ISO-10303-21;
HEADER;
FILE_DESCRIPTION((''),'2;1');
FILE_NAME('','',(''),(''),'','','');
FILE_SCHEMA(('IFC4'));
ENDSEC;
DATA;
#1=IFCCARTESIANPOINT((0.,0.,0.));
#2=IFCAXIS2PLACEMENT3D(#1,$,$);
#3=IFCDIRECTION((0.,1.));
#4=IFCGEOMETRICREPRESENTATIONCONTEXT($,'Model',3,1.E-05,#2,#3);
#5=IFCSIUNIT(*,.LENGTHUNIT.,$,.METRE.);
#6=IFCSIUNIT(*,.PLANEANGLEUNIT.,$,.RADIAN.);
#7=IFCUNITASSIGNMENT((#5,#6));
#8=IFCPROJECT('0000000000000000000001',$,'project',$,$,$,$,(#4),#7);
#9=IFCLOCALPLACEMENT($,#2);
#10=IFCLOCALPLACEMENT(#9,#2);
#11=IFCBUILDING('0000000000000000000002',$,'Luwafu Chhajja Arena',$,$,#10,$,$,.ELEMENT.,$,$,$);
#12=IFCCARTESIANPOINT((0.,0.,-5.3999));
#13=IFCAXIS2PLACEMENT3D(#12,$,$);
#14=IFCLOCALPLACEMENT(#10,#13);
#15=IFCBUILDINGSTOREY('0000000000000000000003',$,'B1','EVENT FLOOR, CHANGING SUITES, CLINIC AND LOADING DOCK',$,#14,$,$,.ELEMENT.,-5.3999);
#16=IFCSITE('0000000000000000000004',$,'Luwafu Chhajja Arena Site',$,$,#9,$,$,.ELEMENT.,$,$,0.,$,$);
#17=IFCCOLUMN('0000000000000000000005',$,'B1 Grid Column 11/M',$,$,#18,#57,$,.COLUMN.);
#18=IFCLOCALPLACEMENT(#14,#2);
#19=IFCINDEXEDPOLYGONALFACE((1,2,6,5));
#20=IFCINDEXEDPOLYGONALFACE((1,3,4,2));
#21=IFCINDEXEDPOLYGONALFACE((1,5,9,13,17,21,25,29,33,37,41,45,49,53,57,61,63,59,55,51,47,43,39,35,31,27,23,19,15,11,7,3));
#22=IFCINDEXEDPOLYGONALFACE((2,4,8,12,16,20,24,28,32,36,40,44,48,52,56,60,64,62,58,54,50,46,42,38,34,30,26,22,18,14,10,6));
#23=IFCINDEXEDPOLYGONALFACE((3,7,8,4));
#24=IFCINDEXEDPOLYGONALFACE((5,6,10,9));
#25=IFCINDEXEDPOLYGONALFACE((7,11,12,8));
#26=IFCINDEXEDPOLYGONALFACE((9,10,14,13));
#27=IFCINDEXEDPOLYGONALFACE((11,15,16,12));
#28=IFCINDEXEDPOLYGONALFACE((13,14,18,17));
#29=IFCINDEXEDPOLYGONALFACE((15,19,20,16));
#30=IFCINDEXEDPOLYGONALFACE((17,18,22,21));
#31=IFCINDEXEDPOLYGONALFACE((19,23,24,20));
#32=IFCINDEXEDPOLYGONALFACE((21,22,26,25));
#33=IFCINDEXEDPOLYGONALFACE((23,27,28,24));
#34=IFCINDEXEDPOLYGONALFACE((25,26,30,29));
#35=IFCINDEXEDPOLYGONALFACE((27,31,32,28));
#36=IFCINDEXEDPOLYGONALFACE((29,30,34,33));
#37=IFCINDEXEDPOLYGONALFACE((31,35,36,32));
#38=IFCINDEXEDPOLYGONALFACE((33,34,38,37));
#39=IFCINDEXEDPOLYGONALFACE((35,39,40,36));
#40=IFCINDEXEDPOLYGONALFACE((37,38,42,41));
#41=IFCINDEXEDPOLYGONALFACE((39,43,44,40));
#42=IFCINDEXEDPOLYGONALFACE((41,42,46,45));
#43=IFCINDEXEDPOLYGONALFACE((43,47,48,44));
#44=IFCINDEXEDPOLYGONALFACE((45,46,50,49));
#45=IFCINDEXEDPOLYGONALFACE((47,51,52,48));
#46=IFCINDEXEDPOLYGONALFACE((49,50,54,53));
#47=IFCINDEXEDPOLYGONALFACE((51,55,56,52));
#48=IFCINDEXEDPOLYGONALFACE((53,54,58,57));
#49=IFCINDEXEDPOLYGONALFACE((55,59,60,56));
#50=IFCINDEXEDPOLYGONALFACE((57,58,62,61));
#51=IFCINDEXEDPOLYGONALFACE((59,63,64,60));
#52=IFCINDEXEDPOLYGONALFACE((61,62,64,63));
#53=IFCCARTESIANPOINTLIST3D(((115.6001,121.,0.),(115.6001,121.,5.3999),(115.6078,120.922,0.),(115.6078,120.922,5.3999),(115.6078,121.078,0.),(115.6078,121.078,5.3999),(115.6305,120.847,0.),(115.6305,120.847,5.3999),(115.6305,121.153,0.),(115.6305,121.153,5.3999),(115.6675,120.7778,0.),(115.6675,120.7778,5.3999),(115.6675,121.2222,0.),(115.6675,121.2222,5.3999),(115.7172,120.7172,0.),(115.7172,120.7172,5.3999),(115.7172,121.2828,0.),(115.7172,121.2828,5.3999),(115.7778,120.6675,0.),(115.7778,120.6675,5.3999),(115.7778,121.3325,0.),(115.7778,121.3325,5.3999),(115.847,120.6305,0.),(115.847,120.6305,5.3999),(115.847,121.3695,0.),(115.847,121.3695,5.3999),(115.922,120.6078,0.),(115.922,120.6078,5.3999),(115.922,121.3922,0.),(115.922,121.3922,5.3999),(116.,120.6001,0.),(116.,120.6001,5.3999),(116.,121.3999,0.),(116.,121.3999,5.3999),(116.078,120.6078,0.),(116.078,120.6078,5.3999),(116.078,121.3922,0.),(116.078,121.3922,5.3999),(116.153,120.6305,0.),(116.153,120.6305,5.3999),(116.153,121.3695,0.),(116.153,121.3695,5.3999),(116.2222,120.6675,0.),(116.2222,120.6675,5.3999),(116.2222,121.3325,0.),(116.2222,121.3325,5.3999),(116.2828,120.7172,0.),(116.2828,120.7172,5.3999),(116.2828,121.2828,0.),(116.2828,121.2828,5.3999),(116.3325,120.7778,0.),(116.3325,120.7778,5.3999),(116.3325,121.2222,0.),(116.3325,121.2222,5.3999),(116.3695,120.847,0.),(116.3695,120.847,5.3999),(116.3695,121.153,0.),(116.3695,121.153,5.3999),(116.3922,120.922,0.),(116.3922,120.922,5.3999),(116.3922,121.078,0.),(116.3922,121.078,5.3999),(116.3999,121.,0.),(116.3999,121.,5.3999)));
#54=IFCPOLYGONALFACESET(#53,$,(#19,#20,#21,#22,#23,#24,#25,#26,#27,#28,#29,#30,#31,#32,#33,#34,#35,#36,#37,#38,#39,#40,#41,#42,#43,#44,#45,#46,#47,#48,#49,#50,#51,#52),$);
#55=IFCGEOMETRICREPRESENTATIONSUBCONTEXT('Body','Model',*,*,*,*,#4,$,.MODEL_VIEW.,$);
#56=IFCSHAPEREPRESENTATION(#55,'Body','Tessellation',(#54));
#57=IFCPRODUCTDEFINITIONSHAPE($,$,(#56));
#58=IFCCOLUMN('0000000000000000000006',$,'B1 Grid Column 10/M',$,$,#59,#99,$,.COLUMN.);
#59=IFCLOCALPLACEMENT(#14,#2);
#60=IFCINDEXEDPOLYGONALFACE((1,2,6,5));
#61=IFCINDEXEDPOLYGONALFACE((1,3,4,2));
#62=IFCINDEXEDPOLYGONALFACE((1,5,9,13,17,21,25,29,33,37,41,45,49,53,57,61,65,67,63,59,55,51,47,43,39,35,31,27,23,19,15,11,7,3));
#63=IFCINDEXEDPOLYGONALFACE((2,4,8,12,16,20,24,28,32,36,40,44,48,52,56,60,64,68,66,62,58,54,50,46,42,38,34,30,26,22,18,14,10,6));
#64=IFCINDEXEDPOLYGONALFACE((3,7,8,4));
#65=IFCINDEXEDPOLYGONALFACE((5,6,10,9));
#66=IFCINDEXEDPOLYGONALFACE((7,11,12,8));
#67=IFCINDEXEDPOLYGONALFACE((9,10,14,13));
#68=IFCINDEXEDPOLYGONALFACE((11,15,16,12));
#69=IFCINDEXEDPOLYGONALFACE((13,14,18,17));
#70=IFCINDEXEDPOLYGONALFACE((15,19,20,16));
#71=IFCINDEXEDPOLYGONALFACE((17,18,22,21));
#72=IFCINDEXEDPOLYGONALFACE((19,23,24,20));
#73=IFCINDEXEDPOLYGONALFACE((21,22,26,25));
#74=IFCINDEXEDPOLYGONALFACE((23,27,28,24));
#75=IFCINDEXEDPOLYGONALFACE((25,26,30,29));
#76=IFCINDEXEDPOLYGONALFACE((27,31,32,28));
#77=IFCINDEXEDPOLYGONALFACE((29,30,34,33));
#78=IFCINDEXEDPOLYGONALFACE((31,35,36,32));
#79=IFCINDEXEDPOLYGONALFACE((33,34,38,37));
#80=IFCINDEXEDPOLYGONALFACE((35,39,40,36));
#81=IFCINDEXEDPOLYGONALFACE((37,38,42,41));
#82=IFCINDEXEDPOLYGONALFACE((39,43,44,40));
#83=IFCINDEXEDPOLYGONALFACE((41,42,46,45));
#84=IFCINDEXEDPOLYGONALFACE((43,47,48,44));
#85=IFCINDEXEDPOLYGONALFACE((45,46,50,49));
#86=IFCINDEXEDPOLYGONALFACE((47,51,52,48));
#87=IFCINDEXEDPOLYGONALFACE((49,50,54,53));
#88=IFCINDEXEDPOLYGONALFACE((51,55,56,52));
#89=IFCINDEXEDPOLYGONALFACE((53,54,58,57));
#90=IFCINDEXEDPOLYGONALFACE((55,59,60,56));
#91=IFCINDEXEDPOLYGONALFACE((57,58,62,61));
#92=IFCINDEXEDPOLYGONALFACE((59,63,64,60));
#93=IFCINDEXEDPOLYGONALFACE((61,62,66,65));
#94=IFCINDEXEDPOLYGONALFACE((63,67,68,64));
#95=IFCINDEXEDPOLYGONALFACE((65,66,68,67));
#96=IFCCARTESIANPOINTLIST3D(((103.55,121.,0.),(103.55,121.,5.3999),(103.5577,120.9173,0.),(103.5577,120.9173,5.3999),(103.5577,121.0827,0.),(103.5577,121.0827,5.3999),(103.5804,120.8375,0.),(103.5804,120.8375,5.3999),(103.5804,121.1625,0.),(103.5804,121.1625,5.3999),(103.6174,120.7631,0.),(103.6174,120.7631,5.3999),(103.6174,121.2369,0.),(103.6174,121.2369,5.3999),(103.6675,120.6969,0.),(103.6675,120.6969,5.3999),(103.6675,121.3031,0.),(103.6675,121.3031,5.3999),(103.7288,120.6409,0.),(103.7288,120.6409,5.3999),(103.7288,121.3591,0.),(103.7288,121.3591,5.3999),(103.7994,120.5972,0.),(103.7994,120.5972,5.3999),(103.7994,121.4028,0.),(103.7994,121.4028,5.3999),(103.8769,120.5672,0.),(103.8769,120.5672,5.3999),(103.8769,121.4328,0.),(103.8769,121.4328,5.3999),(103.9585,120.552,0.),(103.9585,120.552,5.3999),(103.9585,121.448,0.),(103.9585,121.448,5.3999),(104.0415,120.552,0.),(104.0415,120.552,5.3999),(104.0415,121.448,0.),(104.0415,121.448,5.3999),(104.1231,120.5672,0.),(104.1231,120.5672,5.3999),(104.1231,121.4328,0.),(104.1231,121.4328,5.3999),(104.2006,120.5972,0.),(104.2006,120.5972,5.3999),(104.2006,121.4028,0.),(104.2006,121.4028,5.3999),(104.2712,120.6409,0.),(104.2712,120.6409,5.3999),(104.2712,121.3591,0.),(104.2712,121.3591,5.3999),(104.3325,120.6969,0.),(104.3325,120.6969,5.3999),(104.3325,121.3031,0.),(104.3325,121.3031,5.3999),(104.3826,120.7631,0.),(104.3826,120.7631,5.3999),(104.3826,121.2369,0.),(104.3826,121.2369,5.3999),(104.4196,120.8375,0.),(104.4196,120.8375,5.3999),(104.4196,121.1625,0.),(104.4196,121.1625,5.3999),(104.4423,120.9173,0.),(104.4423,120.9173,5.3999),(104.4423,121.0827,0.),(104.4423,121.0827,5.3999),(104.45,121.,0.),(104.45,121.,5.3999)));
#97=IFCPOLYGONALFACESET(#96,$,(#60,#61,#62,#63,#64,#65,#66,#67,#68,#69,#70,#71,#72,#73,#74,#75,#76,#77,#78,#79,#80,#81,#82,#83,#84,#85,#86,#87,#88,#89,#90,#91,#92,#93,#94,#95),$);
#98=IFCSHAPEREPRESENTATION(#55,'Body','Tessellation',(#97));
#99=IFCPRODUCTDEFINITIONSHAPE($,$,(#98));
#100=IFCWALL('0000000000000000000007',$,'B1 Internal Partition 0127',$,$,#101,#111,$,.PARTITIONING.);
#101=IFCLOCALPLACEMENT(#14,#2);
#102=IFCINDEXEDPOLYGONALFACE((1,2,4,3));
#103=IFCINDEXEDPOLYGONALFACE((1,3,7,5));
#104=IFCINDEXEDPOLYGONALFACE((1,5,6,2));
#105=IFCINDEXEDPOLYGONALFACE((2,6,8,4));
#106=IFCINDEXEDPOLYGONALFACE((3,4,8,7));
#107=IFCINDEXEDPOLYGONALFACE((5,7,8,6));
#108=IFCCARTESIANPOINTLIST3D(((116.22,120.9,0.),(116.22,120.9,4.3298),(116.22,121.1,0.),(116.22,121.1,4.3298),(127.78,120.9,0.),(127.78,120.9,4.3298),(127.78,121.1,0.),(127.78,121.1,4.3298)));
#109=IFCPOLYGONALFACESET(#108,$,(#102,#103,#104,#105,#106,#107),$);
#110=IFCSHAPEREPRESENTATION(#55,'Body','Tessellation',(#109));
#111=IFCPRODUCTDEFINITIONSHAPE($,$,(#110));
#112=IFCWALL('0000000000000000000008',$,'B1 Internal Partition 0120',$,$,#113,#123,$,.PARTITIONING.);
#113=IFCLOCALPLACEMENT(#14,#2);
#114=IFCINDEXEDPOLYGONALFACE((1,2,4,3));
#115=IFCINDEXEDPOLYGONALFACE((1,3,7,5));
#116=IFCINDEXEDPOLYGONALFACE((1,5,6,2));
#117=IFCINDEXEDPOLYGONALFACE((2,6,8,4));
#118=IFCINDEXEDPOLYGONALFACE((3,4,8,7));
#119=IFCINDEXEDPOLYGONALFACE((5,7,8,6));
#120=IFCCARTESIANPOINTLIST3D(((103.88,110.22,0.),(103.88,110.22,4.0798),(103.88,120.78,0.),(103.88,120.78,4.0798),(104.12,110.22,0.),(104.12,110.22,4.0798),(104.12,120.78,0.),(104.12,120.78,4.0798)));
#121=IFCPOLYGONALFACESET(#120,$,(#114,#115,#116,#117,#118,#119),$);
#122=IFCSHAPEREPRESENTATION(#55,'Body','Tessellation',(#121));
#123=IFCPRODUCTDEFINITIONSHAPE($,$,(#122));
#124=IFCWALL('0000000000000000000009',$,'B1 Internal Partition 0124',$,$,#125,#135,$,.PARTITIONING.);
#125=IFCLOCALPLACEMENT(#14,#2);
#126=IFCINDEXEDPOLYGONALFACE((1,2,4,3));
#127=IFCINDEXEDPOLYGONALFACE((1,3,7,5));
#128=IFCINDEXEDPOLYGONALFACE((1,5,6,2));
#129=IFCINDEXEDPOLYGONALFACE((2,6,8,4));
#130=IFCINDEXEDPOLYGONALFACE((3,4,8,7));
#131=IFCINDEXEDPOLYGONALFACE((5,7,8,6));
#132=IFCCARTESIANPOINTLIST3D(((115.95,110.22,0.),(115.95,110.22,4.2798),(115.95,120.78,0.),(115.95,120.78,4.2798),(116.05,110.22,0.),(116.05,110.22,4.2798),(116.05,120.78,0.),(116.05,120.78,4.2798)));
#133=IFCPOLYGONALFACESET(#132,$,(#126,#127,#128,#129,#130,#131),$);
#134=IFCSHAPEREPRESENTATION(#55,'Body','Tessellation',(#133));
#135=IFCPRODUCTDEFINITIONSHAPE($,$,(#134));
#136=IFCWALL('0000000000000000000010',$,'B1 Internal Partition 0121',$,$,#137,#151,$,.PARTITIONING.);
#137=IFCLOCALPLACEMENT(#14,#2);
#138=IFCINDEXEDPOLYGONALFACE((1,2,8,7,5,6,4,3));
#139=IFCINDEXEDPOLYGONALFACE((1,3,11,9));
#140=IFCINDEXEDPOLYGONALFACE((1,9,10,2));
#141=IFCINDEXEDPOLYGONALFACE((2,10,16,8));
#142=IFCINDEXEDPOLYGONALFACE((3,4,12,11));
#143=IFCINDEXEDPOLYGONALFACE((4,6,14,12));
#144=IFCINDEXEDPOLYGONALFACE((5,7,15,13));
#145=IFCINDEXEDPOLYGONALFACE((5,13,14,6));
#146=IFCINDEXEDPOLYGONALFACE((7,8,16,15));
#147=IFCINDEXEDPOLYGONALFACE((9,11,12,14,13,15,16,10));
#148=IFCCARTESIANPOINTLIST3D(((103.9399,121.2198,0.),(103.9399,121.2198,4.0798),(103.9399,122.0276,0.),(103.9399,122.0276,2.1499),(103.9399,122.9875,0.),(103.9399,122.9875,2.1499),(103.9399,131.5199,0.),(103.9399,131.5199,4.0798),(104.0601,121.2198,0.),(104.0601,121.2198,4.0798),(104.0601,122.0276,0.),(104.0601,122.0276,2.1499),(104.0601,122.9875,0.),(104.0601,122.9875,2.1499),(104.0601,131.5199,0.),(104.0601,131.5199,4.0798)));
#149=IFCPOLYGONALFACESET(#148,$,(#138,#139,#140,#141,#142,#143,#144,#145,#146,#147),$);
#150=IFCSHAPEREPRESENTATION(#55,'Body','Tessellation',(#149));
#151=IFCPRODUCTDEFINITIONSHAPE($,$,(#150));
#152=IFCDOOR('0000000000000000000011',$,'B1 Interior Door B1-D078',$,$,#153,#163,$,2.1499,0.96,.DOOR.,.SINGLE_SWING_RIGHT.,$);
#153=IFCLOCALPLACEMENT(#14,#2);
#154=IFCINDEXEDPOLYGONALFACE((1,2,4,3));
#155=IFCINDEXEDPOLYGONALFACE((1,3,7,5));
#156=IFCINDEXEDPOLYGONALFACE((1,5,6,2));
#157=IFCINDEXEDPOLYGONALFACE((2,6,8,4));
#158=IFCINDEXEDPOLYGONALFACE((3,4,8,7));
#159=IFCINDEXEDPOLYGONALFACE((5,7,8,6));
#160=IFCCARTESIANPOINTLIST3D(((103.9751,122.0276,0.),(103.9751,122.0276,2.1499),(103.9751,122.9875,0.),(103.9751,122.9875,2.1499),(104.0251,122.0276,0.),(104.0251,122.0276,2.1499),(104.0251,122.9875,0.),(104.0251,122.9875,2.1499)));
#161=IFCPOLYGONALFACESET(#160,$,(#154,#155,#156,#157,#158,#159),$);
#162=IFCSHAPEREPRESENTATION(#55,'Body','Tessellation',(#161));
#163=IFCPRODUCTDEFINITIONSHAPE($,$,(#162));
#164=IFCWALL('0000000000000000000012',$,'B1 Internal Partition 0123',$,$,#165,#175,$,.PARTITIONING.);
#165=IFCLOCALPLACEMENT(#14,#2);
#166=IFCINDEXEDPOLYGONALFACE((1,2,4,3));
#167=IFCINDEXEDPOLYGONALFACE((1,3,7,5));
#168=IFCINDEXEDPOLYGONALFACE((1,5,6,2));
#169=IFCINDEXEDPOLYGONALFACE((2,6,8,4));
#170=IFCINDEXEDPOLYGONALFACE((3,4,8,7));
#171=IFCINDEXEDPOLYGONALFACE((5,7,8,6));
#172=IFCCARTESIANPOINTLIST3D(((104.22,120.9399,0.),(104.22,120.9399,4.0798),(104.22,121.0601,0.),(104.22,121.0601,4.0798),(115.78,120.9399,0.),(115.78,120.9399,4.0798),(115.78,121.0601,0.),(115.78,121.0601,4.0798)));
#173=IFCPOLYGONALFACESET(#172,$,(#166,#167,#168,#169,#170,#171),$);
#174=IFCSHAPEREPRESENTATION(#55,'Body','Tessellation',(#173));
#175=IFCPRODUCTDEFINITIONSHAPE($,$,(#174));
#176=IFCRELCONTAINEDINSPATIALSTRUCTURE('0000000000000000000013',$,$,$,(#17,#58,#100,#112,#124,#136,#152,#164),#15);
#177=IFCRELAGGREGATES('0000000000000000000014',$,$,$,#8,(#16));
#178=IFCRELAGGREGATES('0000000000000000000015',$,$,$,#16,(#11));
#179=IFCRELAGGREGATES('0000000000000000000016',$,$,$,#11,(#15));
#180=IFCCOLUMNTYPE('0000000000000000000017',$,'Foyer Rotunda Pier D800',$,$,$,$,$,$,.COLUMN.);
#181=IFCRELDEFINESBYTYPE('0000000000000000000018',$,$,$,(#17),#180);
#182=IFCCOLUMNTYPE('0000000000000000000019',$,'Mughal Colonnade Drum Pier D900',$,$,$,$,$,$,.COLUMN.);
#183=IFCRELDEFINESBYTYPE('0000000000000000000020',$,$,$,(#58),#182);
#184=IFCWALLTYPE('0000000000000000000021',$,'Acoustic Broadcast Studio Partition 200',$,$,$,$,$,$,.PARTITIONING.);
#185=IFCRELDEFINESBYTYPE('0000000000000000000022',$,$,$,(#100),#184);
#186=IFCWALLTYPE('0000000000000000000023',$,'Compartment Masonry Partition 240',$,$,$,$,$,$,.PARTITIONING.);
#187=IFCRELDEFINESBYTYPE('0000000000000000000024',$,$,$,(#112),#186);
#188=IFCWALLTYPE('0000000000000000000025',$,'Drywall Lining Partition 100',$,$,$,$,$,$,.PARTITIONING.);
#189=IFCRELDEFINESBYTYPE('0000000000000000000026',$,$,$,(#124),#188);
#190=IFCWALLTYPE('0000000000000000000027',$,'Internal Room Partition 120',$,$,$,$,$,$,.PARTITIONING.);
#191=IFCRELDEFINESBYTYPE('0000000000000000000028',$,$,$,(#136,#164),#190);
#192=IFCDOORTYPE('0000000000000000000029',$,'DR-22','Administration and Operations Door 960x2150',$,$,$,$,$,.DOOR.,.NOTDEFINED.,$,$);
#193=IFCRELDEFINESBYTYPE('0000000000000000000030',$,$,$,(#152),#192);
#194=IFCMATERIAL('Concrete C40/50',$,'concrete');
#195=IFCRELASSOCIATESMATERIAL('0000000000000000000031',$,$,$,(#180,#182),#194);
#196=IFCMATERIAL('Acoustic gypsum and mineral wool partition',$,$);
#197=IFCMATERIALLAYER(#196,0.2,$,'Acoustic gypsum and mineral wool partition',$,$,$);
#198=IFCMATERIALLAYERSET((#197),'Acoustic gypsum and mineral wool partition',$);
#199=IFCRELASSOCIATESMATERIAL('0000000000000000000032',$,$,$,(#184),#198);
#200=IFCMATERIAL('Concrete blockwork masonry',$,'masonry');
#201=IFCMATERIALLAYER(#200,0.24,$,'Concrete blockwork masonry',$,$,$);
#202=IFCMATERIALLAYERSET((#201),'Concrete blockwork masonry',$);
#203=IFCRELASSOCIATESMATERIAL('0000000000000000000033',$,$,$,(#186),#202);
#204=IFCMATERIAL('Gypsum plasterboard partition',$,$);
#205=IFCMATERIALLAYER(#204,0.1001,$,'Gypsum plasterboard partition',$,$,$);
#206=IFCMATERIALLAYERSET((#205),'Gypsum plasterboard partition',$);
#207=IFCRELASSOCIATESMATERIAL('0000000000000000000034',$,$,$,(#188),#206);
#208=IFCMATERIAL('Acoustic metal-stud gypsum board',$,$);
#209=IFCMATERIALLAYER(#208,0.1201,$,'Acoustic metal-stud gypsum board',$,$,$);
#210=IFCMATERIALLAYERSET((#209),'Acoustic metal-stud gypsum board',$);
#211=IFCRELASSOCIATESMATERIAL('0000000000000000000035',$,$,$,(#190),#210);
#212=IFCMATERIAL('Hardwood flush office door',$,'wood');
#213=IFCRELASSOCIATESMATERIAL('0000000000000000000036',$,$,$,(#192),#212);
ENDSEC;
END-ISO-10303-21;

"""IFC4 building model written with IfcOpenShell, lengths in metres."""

from ifc_helpers import new_model, si_unit, direction, frame, frame_2d, origin, origin_2d, place, context, subcontext, project, spatial, rectangle, circle, extrude, material, layer, layer_set, material_profile, profile_set, type_object, element, fill, save


model = new_model("IFC4")

# Units and contexts
model_context = context("Model", 3, precision=1e-05, world=origin(), true_north=direction((0.0, 1.0)))
body_context = subcontext(model_context, "Body", "Model", "MODEL_VIEW")
ifc_project = project(units=[si_unit("LENGTHUNIT", "METRE"), si_unit("PLANEANGLEUNIT", "RADIAN")], contexts=[model_context])

# Site, building, storey
site_placement = place(None, origin())
site = spatial("IfcSite", under=ifc_project, at=site_placement, Name="Luwafu Chhajja Arena Site", CompositionType="ELEMENT", RefElevation=0.0)
building_placement = place(site_placement, origin())
building = spatial("IfcBuilding", under=site, at=building_placement, Name="Luwafu Chhajja Arena", CompositionType="ELEMENT")
storey_placement = place(building_placement, frame((0.0, 0.0, -5.3999)))
storey = spatial("IfcBuildingStorey", under=building, at=storey_placement, Name="B1", Description="EVENT FLOOR, CHANGING SUITES, CLINIC AND LOADING DOCK", CompositionType="ELEMENT", Elevation=-5.3999)

# Columns
ifc_material_1 = material(Name="Concrete C40/50", Category="concrete")
ifc_material_profile_1 = material_profile(ifc_material_1, circle(Radius=0.3999, at=origin_2d()), Name="RC COL D800")
ifc_profile_set_1 = profile_set([ifc_material_profile_1], Name="Concrete C40/50")
column_type_1 = type_object("IfcColumnType", Name="Foyer Rotunda Pier D800", PredefinedType="COLUMN", material=ifc_profile_set_1)
for number, where, z_axis, x_axis, name in (
    (1, (116.0, 121.0, 0.0), (0.0, 0.0, 1.0), (1.0, 0.0, 0.0), "B1 Grid Column 11/M"),
):
    element("IfcColumn", number, at=place(storey_placement, frame(where, z_axis=z_axis, x_axis=x_axis)), inside=storey, type_object=column_type_1, Name=name, PredefinedType="COLUMN", context=body_context, shape_type="SweptSolid", body=[
        extrude(circle(Radius=0.3999, at=origin_2d()), origin(), (0.0, 0.0, 1.0), 5.3999),
    ])
ifc_material_profile_2 = material_profile(ifc_material_1, circle(Radius=0.45, at=origin_2d()), Name="RC COL D900")
ifc_profile_set_2 = profile_set([ifc_material_profile_2], Name="Concrete C40/50")
column_type_2 = type_object("IfcColumnType", Name="Mughal Colonnade Drum Pier D900", PredefinedType="COLUMN", material=ifc_profile_set_2)
column_1_placement = place(storey_placement, frame((104.0, 121.0, 0.0), z_axis=(0.0, 0.0, 1.0), x_axis=(1.0, 0.0, 0.0)))
element("IfcColumn", 2, at=column_1_placement, inside=storey, type_object=column_type_2, Name="B1 Grid Column 10/M", PredefinedType="COLUMN", context=body_context, shape_type="SweptSolid", body=[
    extrude(circle(Radius=0.45, at=origin_2d()), origin(), (0.0, 0.0, 1.0), 5.3999),
])

# Walls
ifc_material_2 = material(Name="Acoustic gypsum and mineral wool partition")
ifc_layer_1 = layer(ifc_material_2, 0.2, Name="Acoustic gypsum and mineral wool partition")
ifc_layer_set_1 = layer_set([ifc_layer_1], Name="Acoustic gypsum and mineral wool partition")
wall_type_1 = type_object("IfcWallType", Name="Acoustic Broadcast Studio Partition 200", PredefinedType="PARTITIONING", material=ifc_layer_set_1)
wall_1_placement = place(storey_placement, frame((116.22, 121.0, 0.0), z_axis=(0.0, 0.0, 1.0), x_axis=(1.0, 0.0, 0.0)))
element("IfcWall", 3, at=wall_1_placement, inside=storey, type_object=wall_type_1, Name="B1 Internal Partition 0127", PredefinedType="PARTITIONING", context=body_context, shape_type="SweptSolid", body=[
    extrude(rectangle(XDim=11.5601, YDim=0.2, at=frame_2d((5.78, 0.0))), origin(), (0.0, 0.0, 1.0), 4.3298),
])
ifc_material_3 = material(Name="Concrete blockwork masonry", Category="masonry")
ifc_layer_2 = layer(ifc_material_3, 0.24, Name="Concrete blockwork masonry")
ifc_layer_set_2 = layer_set([ifc_layer_2], Name="Concrete blockwork masonry")
wall_type_2 = type_object("IfcWallType", Name="Compartment Masonry Partition 240", PredefinedType="PARTITIONING", material=ifc_layer_set_2)
wall_2_placement = place(storey_placement, frame((104.0, 110.22, 0.0), z_axis=(0.0, 0.0, 1.0), x_axis=(0.0, 1.0, 0.0)))
element("IfcWall", 4, at=wall_2_placement, inside=storey, type_object=wall_type_2, Name="B1 Internal Partition 0120", PredefinedType="PARTITIONING", context=body_context, shape_type="SweptSolid", body=[
    extrude(rectangle(XDim=10.5601, YDim=0.24, at=frame_2d((5.28, 0.0))), origin(), (0.0, 0.0, 1.0), 4.0798),
])
ifc_material_4 = material(Name="Gypsum plasterboard partition")
ifc_layer_3 = layer(ifc_material_4, 0.1001, Name="Gypsum plasterboard partition")
ifc_layer_set_3 = layer_set([ifc_layer_3], Name="Gypsum plasterboard partition")
wall_type_3 = type_object("IfcWallType", Name="Drywall Lining Partition 100", PredefinedType="PARTITIONING", material=ifc_layer_set_3)
wall_3_placement = place(storey_placement, frame((116.0, 110.22, 0.0), z_axis=(0.0, 0.0, 1.0), x_axis=(0.0, 1.0, 0.0)))
element("IfcWall", 5, at=wall_3_placement, inside=storey, type_object=wall_type_3, Name="B1 Internal Partition 0124", PredefinedType="PARTITIONING", context=body_context, shape_type="SweptSolid", body=[
    extrude(rectangle(XDim=10.5601, YDim=0.1001, at=frame_2d((5.28, 0.0))), origin(), (0.0, 0.0, 1.0), 4.2798),
])

# Wall, opening, door
ifc_material_5 = material(Name="Acoustic metal-stud gypsum board")
ifc_layer_4 = layer(ifc_material_5, 0.1201, Name="Acoustic metal-stud gypsum board")
ifc_layer_set_4 = layer_set([ifc_layer_4], Name="Acoustic metal-stud gypsum board")
wall_type_4 = type_object("IfcWallType", Name="Internal Room Partition 120", PredefinedType="PARTITIONING", material=ifc_layer_set_4)
wall_4_placement = place(storey_placement, frame((104.0, 121.22, 0.0), z_axis=(0.0, 0.0, 1.0), x_axis=(0.0, 1.0, 0.0)))
wall_4 = element("IfcWall", 6, at=wall_4_placement, inside=storey, type_object=wall_type_4, Name="B1 Internal Partition 0121", PredefinedType="PARTITIONING", context=body_context, shape_type="SweptSolid", body=[
    extrude(rectangle(XDim=10.3, YDim=0.1201, at=frame_2d((5.1499, 0.0))), origin(), (0.0, 0.0, 1.0), 4.0798),
])
opening_1_placement = place(wall_4_placement, frame((0.8076, 0.0, 0.0)))
opening_1 = element("IfcOpeningElement", 7, at=opening_1_placement, cuts=wall_4, PredefinedType="OPENING", context=body_context, shape_type="SweptSolid", body=[
    extrude(rectangle(XDim=0.96, YDim=2.1499, at=frame_2d((0.48, 1.075))), frame((0.0, 0.0701, 0.0), z_axis=(0.0, -1.0, 0.0), x_axis=(1.0, 0.0, 0.0)), (0.0, 0.0, 1.0), 0.1401),
])
ifc_material_6 = material(Name="Hardwood flush office door", Category="wood")
door_type_1 = type_object("IfcDoorType", Name="DR-22", Description="Administration and Operations Door 960x2150", OperationType="NOTDEFINED", PredefinedType="DOOR", material=ifc_material_6)
door_1_placement = place(opening_1_placement, origin())
door_1 = element("IfcDoor", 8, at=door_1_placement, inside=storey, type_object=door_type_1, Name="B1 Interior Door B1-D078", OperationType="SINGLE_SWING_RIGHT", OverallHeight=2.1499, OverallWidth=0.96, PredefinedType="DOOR", context=body_context, shape_type="SweptSolid", body=[
    extrude(rectangle(XDim=0.96, YDim=2.1499, at=frame_2d((0.48, 1.075))), frame((0.0, 0.0249, 0.0), z_axis=(0.0, -1.0, 0.0), x_axis=(1.0, 0.0, 0.0)), (0.0, 0.0, 1.0), 0.05),
])
fill(opening_1, door_1)

# Wall
wall_5_placement = place(storey_placement, frame((104.22, 121.0, 0.0), z_axis=(0.0, 0.0, 1.0), x_axis=(1.0, 0.0, 0.0)))
element("IfcWall", 9, at=wall_5_placement, inside=storey, type_object=wall_type_4, Name="B1 Internal Partition 0123", PredefinedType="PARTITIONING", context=body_context, shape_type="SweptSolid", body=[
    extrude(rectangle(XDim=11.5601, YDim=0.1201, at=frame_2d((5.78, 0.0))), origin(), (0.0, 0.0, 1.0), 4.0798),
])

save(model, "model.ifc")
